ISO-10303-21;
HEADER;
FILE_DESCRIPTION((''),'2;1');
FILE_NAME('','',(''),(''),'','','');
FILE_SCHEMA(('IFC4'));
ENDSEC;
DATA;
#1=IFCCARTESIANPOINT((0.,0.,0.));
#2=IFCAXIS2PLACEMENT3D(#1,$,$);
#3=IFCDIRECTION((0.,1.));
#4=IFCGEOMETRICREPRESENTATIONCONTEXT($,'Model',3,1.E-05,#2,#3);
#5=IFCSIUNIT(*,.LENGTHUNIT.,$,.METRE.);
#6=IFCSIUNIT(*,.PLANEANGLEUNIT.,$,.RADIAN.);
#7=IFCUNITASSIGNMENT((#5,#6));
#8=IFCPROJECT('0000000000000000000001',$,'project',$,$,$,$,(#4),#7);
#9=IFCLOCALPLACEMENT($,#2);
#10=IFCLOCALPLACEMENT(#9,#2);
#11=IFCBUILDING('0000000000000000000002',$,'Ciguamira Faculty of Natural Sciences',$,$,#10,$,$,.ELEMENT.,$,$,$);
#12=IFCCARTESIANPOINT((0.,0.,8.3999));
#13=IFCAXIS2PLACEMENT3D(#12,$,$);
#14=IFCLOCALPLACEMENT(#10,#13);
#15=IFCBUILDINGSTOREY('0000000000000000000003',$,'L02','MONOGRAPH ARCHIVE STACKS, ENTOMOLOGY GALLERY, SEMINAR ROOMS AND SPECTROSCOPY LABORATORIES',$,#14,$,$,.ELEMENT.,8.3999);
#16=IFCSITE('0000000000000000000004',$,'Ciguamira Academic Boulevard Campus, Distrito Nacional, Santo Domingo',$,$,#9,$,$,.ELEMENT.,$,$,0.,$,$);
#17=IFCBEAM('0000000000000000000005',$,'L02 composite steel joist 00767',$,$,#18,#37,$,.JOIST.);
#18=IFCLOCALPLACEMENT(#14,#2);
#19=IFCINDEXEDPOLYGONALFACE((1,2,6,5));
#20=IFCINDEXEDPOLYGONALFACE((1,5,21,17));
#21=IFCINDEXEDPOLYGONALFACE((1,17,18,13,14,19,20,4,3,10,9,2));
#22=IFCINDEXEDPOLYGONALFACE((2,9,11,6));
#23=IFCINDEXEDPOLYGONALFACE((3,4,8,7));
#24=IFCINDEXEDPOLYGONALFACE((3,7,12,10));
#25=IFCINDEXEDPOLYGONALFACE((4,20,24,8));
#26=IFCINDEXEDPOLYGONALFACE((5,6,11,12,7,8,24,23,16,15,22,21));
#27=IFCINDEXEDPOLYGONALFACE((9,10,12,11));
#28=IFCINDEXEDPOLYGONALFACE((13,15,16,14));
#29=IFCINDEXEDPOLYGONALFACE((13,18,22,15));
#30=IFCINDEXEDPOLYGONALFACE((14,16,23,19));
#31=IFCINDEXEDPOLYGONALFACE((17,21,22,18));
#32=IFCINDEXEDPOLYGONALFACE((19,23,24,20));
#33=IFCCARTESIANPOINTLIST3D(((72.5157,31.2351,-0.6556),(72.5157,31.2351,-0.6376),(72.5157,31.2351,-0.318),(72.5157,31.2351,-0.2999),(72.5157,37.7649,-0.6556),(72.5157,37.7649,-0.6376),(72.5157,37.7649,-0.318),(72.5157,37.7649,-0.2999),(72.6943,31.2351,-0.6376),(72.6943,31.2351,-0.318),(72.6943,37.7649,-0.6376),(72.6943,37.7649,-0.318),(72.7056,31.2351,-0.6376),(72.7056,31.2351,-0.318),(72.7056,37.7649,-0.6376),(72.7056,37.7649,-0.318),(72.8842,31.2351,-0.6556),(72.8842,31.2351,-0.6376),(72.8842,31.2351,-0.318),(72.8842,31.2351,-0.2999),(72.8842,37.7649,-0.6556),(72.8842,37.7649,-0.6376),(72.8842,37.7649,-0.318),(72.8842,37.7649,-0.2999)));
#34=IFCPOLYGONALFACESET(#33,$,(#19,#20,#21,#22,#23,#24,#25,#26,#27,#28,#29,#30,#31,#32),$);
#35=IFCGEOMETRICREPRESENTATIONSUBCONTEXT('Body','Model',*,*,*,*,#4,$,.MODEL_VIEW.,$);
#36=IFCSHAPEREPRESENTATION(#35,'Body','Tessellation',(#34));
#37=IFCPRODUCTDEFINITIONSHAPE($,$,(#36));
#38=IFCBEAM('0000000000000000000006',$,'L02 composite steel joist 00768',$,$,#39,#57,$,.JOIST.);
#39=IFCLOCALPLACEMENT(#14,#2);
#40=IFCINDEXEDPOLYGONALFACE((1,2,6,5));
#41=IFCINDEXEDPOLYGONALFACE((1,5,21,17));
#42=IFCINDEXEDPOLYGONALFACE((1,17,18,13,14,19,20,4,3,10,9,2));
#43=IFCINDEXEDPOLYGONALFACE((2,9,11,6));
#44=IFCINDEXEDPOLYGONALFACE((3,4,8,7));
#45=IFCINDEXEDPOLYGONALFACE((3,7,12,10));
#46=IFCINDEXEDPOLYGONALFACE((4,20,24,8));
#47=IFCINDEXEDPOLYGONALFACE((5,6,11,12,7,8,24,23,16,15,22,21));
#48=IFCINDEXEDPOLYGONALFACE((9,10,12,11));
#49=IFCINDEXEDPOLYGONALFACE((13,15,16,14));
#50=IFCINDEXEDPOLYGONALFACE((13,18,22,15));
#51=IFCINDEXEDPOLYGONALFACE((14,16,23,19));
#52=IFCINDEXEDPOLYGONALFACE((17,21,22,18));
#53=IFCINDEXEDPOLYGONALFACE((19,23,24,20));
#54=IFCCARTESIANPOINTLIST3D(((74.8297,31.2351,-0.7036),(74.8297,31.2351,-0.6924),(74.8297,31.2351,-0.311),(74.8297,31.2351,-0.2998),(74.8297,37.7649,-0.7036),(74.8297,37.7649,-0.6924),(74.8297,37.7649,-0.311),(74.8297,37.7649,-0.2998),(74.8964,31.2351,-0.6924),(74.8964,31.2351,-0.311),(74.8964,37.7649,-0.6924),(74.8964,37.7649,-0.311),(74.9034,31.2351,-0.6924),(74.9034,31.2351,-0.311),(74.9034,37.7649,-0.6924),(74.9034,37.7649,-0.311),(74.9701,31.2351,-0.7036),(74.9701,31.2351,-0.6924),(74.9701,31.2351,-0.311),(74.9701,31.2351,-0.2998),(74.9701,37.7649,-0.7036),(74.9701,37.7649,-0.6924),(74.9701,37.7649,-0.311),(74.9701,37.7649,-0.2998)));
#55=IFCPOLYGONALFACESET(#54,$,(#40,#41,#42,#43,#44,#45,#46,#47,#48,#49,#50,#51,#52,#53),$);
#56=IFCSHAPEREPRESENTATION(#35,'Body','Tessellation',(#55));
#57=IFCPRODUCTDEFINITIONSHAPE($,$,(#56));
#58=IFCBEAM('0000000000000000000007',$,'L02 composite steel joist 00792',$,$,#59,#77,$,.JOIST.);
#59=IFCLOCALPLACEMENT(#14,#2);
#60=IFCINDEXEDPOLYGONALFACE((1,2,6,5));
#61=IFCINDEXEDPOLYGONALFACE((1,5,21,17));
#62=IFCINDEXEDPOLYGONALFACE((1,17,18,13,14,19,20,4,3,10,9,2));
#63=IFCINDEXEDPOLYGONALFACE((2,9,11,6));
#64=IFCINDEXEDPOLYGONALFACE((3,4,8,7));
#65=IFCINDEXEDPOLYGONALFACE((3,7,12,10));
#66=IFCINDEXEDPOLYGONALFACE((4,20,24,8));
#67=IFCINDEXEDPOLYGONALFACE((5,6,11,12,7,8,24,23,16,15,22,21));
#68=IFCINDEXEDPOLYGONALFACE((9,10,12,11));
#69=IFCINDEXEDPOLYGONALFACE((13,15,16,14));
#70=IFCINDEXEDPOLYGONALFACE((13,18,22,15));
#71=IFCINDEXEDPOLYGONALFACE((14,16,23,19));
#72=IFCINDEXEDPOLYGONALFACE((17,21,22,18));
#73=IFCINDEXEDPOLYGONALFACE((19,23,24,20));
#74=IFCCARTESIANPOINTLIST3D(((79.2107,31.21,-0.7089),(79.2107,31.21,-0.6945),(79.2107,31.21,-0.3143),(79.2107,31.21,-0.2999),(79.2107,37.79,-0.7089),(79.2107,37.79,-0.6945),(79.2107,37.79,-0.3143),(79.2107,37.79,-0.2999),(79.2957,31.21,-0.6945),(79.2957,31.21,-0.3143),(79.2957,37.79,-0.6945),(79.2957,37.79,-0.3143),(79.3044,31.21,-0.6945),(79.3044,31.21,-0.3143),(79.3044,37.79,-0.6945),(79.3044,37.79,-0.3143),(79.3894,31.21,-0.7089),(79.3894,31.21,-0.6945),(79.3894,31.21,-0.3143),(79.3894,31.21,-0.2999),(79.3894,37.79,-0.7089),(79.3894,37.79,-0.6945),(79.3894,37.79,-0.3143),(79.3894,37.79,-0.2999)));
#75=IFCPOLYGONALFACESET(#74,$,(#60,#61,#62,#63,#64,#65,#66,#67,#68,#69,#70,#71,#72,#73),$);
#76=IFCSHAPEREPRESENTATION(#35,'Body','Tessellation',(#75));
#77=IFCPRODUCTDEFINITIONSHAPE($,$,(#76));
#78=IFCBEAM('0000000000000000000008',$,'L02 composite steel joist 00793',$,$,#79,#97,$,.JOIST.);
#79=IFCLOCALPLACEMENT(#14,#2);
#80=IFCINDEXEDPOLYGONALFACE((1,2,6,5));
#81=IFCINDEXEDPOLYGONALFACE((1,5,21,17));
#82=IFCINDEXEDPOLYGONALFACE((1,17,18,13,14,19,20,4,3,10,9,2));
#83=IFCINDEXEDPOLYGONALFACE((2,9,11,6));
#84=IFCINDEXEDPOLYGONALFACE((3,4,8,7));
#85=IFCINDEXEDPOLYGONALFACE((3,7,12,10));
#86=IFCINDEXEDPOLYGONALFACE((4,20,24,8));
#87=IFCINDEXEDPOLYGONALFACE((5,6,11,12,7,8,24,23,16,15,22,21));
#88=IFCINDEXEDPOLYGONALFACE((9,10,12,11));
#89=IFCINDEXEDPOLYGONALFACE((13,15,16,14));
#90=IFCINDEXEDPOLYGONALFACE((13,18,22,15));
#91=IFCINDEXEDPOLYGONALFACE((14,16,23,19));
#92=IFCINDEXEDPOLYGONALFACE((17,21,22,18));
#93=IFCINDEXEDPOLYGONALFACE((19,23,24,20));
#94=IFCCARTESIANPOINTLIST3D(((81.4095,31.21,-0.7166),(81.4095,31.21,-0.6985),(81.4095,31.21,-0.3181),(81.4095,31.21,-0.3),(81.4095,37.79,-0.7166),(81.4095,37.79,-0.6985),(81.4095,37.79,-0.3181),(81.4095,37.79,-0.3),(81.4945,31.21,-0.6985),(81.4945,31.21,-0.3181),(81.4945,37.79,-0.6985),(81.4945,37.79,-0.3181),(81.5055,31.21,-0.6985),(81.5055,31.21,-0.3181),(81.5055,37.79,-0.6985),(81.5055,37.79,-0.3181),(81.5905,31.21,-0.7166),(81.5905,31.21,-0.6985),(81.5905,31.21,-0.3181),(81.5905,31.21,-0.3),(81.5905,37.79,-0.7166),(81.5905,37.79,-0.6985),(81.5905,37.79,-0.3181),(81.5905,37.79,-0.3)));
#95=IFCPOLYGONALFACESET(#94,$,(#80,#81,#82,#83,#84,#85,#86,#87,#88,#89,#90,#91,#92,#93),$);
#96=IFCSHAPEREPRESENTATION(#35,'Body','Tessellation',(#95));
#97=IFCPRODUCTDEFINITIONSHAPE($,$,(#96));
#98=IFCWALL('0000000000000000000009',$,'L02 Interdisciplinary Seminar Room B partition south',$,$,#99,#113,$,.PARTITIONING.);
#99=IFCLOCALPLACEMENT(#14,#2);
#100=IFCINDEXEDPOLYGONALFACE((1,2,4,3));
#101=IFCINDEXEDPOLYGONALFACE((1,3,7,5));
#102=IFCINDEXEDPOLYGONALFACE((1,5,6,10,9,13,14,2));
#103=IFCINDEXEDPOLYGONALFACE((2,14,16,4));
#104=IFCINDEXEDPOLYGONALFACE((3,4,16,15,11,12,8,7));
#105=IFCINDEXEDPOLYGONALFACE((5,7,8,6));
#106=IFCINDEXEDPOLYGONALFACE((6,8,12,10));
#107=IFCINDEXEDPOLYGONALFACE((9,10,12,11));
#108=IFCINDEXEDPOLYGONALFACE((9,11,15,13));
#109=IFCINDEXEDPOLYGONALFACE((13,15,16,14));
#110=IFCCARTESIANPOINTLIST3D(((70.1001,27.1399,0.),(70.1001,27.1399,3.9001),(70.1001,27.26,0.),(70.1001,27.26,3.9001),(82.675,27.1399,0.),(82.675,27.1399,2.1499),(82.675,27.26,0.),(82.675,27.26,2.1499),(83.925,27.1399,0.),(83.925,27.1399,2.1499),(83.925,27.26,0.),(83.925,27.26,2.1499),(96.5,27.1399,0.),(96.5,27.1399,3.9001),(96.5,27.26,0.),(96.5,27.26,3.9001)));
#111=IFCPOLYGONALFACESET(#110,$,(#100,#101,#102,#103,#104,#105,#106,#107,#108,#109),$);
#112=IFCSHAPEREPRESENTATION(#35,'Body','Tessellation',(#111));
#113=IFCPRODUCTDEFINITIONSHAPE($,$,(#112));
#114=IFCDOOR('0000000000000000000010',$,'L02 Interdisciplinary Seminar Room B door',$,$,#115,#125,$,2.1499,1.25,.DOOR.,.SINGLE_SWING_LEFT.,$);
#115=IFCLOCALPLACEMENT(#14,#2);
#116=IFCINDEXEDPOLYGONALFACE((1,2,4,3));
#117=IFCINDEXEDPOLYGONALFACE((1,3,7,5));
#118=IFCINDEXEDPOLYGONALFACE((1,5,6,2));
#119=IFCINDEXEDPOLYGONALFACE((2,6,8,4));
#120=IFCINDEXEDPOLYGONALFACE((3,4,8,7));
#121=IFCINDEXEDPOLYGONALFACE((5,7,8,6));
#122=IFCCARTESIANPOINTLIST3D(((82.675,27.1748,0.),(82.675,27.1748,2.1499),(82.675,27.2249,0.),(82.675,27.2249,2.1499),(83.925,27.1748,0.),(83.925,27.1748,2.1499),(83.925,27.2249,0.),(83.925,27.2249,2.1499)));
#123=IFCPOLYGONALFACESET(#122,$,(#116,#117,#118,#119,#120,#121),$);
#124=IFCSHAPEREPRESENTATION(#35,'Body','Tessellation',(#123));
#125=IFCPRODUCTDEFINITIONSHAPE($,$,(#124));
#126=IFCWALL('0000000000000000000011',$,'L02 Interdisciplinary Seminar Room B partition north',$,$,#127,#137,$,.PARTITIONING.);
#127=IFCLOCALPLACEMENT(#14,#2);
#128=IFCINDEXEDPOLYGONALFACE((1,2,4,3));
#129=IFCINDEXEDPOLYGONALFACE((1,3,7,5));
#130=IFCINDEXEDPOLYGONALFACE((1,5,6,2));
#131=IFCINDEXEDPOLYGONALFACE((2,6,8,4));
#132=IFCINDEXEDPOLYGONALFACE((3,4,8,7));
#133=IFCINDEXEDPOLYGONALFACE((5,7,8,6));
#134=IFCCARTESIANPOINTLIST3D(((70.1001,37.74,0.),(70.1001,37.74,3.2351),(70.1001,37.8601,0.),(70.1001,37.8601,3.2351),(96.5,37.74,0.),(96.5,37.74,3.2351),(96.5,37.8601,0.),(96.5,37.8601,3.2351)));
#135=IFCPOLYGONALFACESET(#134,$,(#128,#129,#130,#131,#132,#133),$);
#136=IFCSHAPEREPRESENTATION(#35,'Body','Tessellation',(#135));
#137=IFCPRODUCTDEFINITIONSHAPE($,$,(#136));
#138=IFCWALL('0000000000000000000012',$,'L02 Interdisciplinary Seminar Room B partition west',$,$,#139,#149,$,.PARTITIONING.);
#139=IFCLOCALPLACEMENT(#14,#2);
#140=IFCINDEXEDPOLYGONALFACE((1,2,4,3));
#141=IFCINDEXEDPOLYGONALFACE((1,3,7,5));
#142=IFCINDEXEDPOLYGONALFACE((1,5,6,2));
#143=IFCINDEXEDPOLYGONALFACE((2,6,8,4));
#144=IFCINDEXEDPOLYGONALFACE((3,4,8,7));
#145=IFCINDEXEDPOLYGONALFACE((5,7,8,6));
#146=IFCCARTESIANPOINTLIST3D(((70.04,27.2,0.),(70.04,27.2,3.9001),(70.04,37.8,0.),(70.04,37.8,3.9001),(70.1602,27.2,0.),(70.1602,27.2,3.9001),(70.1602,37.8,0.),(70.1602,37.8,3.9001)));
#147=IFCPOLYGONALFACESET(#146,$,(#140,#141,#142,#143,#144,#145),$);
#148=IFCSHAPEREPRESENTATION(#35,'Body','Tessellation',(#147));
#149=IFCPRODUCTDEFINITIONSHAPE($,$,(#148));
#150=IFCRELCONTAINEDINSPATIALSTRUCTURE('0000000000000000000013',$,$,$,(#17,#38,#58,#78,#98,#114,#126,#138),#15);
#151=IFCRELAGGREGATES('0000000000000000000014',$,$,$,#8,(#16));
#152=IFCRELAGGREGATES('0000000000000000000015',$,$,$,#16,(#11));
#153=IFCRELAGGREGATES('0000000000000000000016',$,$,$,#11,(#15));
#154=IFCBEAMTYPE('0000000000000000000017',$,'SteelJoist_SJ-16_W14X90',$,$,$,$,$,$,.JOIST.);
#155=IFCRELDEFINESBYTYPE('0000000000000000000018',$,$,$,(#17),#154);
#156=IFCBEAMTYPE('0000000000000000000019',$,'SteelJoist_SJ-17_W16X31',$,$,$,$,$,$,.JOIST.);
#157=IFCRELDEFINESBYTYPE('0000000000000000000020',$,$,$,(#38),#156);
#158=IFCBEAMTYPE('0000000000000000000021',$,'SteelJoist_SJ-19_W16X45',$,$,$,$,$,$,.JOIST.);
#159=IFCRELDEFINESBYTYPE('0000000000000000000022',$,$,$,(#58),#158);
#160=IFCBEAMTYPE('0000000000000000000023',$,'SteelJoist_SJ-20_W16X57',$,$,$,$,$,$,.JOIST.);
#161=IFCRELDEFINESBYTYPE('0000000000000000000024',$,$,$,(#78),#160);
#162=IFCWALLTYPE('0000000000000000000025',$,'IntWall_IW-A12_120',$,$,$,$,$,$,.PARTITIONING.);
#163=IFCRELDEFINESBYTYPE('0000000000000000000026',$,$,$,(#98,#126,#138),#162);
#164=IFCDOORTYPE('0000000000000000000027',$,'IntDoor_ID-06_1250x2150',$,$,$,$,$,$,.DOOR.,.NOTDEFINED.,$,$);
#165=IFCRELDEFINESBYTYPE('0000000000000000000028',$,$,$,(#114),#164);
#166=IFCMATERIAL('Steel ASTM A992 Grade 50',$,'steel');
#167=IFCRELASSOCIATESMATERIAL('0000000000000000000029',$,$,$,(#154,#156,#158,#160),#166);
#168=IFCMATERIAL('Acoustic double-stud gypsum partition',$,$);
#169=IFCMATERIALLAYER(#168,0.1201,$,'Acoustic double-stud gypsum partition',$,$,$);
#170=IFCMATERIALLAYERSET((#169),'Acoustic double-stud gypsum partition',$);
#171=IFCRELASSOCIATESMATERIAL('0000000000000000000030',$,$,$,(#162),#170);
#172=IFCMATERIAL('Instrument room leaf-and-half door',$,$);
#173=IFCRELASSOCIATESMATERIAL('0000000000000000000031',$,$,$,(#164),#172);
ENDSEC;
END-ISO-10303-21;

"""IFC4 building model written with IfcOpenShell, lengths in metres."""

from ifc_helpers import new_model, si_unit, direction, frame, frame_2d, origin, origin_2d, place, context, subcontext, project, spatial, rectangle, i_section, extrude, material, layer, layer_set, material_profile, profile_set, type_object, element, fill, save


model = new_model("IFC4")

# Units and contexts
model_context = context("Model", 3, precision=1e-05, world=origin(), true_north=direction((0.0, 1.0)))
body_context = subcontext(model_context, "Body", "Model", "MODEL_VIEW")
ifc_project = project(units=[si_unit("LENGTHUNIT", "METRE"), si_unit("PLANEANGLEUNIT", "RADIAN")], contexts=[model_context])

# Site, building, storey
site_placement = place(None, origin())
site = spatial("IfcSite", under=ifc_project, at=site_placement, Name="Ciguamira Academic Boulevard Campus, Distrito Nacional, Santo Domingo", CompositionType="ELEMENT", RefElevation=0.0)
building_placement = place(site_placement, origin())
building = spatial("IfcBuilding", under=site, at=building_placement, Name="Ciguamira Faculty of Natural Sciences", CompositionType="ELEMENT")
storey_placement = place(building_placement, frame((0.0, 0.0, 8.3999)))
storey = spatial("IfcBuildingStorey", under=building, at=storey_placement, Name="L02", Description="MONOGRAPH ARCHIVE STACKS, ENTOMOLOGY GALLERY, SEMINAR ROOMS AND SPECTROSCOPY LABORATORIES", CompositionType="ELEMENT", Elevation=8.3999)

# Beams
ifc_material_1 = material(Name="Steel ASTM A992 Grade 50", Category="steel")
ifc_material_profile_1 = material_profile(ifc_material_1, i_section(OverallWidth=0.3684, OverallDepth=0.3557, WebThickness=0.0112, FlangeThickness=0.0181, at=origin_2d()), Name="W14X90")
ifc_profile_set_1 = profile_set([ifc_material_profile_1], Name="Steel ASTM A992 Grade 50")
beam_type_1 = type_object("IfcBeamType", Name="SteelJoist_SJ-16_W14X90", PredefinedType="JOIST", material=ifc_profile_set_1)
beam_1_placement = place(storey_placement, frame((72.7, 31.2351, -0.4778), z_axis=(0.0, 1.0, 0.0), x_axis=(-1.0, 0.0, 0.0)))
element("IfcBeam", 1, at=beam_1_placement, inside=storey, type_object=beam_type_1, Name="L02 composite steel joist 00767", PredefinedType="JOIST", context=body_context, shape_type="SweptSolid", body=[
    extrude(i_section(OverallWidth=0.3684, OverallDepth=0.3557, WebThickness=0.0112, FlangeThickness=0.0181, at=origin_2d()), origin(), (0.0, 0.0, 1.0), 6.5298),
])
ifc_material_profile_2 = material_profile(ifc_material_1, i_section(OverallWidth=0.1404, OverallDepth=0.4038, WebThickness=0.0071, FlangeThickness=0.0112, at=origin_2d()), Name="W16X31")
ifc_profile_set_2 = profile_set([ifc_material_profile_2], Name="Steel ASTM A992 Grade 50")
beam_type_2 = type_object("IfcBeamType", Name="SteelJoist_SJ-17_W16X31", PredefinedType="JOIST", material=ifc_profile_set_2)
beam_2_placement = place(storey_placement, frame((74.8999, 31.2351, -0.5017), z_axis=(0.0, 1.0, 0.0), x_axis=(-1.0, 0.0, 0.0)))
element("IfcBeam", 2, at=beam_2_placement, inside=storey, type_object=beam_type_2, Name="L02 composite steel joist 00768", PredefinedType="JOIST", context=body_context, shape_type="SweptSolid", body=[
    extrude(i_section(OverallWidth=0.1404, OverallDepth=0.4038, WebThickness=0.0071, FlangeThickness=0.0112, at=origin_2d()), origin(), (0.0, 0.0, 1.0), 6.5298),
])
ifc_material_profile_3 = material_profile(ifc_material_1, i_section(OverallWidth=0.1787, OverallDepth=0.4089, WebThickness=0.0088, FlangeThickness=0.0144, at=origin_2d()), Name="W16X45")
ifc_profile_set_3 = profile_set([ifc_material_profile_3], Name="Steel ASTM A992 Grade 50")
beam_type_3 = type_object("IfcBeamType", Name="SteelJoist_SJ-19_W16X45", PredefinedType="JOIST", material=ifc_profile_set_3)
beam_3_placement = place(storey_placement, frame((79.3, 31.21, -0.5044), z_axis=(0.0, 1.0, 0.0), x_axis=(-1.0, 0.0, 0.0)))
element("IfcBeam", 3, at=beam_3_placement, inside=storey, type_object=beam_type_3, Name="L02 composite steel joist 00792", PredefinedType="JOIST", context=body_context, shape_type="SweptSolid", body=[
    extrude(i_section(OverallWidth=0.1787, OverallDepth=0.4089, WebThickness=0.0088, FlangeThickness=0.0144, at=origin_2d()), origin(), (0.0, 0.0, 1.0), 6.5801),
])
ifc_material_profile_4 = material_profile(ifc_material_1, i_section(OverallWidth=0.1809, OverallDepth=0.4165, WebThickness=0.011, FlangeThickness=0.0181, at=origin_2d()), Name="W16X57")
ifc_profile_set_4 = profile_set([ifc_material_profile_4], Name="Steel ASTM A992 Grade 50")
beam_type_4 = type_object("IfcBeamType", Name="SteelJoist_SJ-20_W16X57", PredefinedType="JOIST", material=ifc_profile_set_4)
beam_4_placement = place(storey_placement, frame((81.5, 31.21, -0.5083), z_axis=(0.0, 1.0, 0.0), x_axis=(-1.0, 0.0, 0.0)))
element("IfcBeam", 4, at=beam_4_placement, inside=storey, type_object=beam_type_4, Name="L02 composite steel joist 00793", PredefinedType="JOIST", context=body_context, shape_type="SweptSolid", body=[
    extrude(i_section(OverallWidth=0.1809, OverallDepth=0.4165, WebThickness=0.011, FlangeThickness=0.0181, at=origin_2d()), origin(), (0.0, 0.0, 1.0), 6.5801),
])

# Wall, opening, door
ifc_material_2 = material(Name="Acoustic double-stud gypsum partition")
ifc_layer = layer(ifc_material_2, 0.1201, Name="Acoustic double-stud gypsum partition")
ifc_layer_set = layer_set([ifc_layer], Name="Acoustic double-stud gypsum partition")
wall_type = type_object("IfcWallType", Name="IntWall_IW-A12_120", PredefinedType="PARTITIONING", material=ifc_layer_set)
wall_1_placement = place(storey_placement, frame((70.1001, 27.2, 0.0), z_axis=(0.0, 0.0, 1.0), x_axis=(1.0, 0.0, 0.0)))
wall_1 = element("IfcWall", 5, at=wall_1_placement, inside=storey, type_object=wall_type, Name="L02 Interdisciplinary Seminar Room B partition south", PredefinedType="PARTITIONING", context=body_context, shape_type="SweptSolid", body=[
    extrude(rectangle(XDim=26.3999, YDim=0.1201, at=frame_2d((13.2, 0.0))), origin(), (0.0, 0.0, 1.0), 3.9001),
])
opening_placement = place(wall_1_placement, frame((12.575, 0.0, 0.0)))
opening = element("IfcOpeningElement", 6, at=opening_placement, cuts=wall_1, PredefinedType="OPENING", context=body_context, shape_type="SweptSolid", body=[
    extrude(rectangle(XDim=1.25, YDim=2.1499, at=frame_2d((0.625, 1.075))), frame((0.0, 0.0701, 0.0), z_axis=(0.0, -1.0, 0.0), x_axis=(1.0, 0.0, 0.0)), (0.0, 0.0, 1.0), 0.1401),
])
ifc_material_3 = material(Name="Instrument room leaf-and-half door")
door_type = type_object("IfcDoorType", Name="IntDoor_ID-06_1250x2150", OperationType="NOTDEFINED", PredefinedType="DOOR", material=ifc_material_3)
door_placement = place(opening_placement, origin())
door = element("IfcDoor", 7, at=door_placement, inside=storey, type_object=door_type, Name="L02 Interdisciplinary Seminar Room B door", OperationType="SINGLE_SWING_LEFT", OverallHeight=2.1499, OverallWidth=1.25, PredefinedType="DOOR", context=body_context, shape_type="SweptSolid", body=[
    extrude(rectangle(XDim=1.25, YDim=2.1499, at=frame_2d((0.625, 1.075))), frame((0.0, 0.0249, 0.0), z_axis=(0.0, -1.0, 0.0), x_axis=(1.0, 0.0, 0.0)), (0.0, 0.0, 1.0), 0.05),
])
fill(opening, door)

# Walls
wall_2_placement = place(storey_placement, frame((70.1001, 37.8, 0.0), z_axis=(0.0, 0.0, 1.0), x_axis=(1.0, 0.0, 0.0)))
element("IfcWall", 8, at=wall_2_placement, inside=storey, type_object=wall_type, Name="L02 Interdisciplinary Seminar Room B partition north", PredefinedType="PARTITIONING", context=body_context, shape_type="SweptSolid", body=[
    extrude(rectangle(XDim=26.3999, YDim=0.1201, at=frame_2d((13.2, 0.0))), origin(), (0.0, 0.0, 1.0), 3.2351),
])
wall_3_placement = place(storey_placement, frame((70.1001, 27.2, 0.0), z_axis=(0.0, 0.0, 1.0), x_axis=(0.0, 1.0, 0.0)))
element("IfcWall", 9, at=wall_3_placement, inside=storey, type_object=wall_type, Name="L02 Interdisciplinary Seminar Room B partition west", PredefinedType="PARTITIONING", context=body_context, shape_type="SweptSolid", body=[
    extrude(rectangle(XDim=10.6001, YDim=0.1201, at=frame_2d((5.3, 0.0))), origin(), (0.0, 0.0, 1.0), 3.9001),
])

save(model, "model.ifc")
